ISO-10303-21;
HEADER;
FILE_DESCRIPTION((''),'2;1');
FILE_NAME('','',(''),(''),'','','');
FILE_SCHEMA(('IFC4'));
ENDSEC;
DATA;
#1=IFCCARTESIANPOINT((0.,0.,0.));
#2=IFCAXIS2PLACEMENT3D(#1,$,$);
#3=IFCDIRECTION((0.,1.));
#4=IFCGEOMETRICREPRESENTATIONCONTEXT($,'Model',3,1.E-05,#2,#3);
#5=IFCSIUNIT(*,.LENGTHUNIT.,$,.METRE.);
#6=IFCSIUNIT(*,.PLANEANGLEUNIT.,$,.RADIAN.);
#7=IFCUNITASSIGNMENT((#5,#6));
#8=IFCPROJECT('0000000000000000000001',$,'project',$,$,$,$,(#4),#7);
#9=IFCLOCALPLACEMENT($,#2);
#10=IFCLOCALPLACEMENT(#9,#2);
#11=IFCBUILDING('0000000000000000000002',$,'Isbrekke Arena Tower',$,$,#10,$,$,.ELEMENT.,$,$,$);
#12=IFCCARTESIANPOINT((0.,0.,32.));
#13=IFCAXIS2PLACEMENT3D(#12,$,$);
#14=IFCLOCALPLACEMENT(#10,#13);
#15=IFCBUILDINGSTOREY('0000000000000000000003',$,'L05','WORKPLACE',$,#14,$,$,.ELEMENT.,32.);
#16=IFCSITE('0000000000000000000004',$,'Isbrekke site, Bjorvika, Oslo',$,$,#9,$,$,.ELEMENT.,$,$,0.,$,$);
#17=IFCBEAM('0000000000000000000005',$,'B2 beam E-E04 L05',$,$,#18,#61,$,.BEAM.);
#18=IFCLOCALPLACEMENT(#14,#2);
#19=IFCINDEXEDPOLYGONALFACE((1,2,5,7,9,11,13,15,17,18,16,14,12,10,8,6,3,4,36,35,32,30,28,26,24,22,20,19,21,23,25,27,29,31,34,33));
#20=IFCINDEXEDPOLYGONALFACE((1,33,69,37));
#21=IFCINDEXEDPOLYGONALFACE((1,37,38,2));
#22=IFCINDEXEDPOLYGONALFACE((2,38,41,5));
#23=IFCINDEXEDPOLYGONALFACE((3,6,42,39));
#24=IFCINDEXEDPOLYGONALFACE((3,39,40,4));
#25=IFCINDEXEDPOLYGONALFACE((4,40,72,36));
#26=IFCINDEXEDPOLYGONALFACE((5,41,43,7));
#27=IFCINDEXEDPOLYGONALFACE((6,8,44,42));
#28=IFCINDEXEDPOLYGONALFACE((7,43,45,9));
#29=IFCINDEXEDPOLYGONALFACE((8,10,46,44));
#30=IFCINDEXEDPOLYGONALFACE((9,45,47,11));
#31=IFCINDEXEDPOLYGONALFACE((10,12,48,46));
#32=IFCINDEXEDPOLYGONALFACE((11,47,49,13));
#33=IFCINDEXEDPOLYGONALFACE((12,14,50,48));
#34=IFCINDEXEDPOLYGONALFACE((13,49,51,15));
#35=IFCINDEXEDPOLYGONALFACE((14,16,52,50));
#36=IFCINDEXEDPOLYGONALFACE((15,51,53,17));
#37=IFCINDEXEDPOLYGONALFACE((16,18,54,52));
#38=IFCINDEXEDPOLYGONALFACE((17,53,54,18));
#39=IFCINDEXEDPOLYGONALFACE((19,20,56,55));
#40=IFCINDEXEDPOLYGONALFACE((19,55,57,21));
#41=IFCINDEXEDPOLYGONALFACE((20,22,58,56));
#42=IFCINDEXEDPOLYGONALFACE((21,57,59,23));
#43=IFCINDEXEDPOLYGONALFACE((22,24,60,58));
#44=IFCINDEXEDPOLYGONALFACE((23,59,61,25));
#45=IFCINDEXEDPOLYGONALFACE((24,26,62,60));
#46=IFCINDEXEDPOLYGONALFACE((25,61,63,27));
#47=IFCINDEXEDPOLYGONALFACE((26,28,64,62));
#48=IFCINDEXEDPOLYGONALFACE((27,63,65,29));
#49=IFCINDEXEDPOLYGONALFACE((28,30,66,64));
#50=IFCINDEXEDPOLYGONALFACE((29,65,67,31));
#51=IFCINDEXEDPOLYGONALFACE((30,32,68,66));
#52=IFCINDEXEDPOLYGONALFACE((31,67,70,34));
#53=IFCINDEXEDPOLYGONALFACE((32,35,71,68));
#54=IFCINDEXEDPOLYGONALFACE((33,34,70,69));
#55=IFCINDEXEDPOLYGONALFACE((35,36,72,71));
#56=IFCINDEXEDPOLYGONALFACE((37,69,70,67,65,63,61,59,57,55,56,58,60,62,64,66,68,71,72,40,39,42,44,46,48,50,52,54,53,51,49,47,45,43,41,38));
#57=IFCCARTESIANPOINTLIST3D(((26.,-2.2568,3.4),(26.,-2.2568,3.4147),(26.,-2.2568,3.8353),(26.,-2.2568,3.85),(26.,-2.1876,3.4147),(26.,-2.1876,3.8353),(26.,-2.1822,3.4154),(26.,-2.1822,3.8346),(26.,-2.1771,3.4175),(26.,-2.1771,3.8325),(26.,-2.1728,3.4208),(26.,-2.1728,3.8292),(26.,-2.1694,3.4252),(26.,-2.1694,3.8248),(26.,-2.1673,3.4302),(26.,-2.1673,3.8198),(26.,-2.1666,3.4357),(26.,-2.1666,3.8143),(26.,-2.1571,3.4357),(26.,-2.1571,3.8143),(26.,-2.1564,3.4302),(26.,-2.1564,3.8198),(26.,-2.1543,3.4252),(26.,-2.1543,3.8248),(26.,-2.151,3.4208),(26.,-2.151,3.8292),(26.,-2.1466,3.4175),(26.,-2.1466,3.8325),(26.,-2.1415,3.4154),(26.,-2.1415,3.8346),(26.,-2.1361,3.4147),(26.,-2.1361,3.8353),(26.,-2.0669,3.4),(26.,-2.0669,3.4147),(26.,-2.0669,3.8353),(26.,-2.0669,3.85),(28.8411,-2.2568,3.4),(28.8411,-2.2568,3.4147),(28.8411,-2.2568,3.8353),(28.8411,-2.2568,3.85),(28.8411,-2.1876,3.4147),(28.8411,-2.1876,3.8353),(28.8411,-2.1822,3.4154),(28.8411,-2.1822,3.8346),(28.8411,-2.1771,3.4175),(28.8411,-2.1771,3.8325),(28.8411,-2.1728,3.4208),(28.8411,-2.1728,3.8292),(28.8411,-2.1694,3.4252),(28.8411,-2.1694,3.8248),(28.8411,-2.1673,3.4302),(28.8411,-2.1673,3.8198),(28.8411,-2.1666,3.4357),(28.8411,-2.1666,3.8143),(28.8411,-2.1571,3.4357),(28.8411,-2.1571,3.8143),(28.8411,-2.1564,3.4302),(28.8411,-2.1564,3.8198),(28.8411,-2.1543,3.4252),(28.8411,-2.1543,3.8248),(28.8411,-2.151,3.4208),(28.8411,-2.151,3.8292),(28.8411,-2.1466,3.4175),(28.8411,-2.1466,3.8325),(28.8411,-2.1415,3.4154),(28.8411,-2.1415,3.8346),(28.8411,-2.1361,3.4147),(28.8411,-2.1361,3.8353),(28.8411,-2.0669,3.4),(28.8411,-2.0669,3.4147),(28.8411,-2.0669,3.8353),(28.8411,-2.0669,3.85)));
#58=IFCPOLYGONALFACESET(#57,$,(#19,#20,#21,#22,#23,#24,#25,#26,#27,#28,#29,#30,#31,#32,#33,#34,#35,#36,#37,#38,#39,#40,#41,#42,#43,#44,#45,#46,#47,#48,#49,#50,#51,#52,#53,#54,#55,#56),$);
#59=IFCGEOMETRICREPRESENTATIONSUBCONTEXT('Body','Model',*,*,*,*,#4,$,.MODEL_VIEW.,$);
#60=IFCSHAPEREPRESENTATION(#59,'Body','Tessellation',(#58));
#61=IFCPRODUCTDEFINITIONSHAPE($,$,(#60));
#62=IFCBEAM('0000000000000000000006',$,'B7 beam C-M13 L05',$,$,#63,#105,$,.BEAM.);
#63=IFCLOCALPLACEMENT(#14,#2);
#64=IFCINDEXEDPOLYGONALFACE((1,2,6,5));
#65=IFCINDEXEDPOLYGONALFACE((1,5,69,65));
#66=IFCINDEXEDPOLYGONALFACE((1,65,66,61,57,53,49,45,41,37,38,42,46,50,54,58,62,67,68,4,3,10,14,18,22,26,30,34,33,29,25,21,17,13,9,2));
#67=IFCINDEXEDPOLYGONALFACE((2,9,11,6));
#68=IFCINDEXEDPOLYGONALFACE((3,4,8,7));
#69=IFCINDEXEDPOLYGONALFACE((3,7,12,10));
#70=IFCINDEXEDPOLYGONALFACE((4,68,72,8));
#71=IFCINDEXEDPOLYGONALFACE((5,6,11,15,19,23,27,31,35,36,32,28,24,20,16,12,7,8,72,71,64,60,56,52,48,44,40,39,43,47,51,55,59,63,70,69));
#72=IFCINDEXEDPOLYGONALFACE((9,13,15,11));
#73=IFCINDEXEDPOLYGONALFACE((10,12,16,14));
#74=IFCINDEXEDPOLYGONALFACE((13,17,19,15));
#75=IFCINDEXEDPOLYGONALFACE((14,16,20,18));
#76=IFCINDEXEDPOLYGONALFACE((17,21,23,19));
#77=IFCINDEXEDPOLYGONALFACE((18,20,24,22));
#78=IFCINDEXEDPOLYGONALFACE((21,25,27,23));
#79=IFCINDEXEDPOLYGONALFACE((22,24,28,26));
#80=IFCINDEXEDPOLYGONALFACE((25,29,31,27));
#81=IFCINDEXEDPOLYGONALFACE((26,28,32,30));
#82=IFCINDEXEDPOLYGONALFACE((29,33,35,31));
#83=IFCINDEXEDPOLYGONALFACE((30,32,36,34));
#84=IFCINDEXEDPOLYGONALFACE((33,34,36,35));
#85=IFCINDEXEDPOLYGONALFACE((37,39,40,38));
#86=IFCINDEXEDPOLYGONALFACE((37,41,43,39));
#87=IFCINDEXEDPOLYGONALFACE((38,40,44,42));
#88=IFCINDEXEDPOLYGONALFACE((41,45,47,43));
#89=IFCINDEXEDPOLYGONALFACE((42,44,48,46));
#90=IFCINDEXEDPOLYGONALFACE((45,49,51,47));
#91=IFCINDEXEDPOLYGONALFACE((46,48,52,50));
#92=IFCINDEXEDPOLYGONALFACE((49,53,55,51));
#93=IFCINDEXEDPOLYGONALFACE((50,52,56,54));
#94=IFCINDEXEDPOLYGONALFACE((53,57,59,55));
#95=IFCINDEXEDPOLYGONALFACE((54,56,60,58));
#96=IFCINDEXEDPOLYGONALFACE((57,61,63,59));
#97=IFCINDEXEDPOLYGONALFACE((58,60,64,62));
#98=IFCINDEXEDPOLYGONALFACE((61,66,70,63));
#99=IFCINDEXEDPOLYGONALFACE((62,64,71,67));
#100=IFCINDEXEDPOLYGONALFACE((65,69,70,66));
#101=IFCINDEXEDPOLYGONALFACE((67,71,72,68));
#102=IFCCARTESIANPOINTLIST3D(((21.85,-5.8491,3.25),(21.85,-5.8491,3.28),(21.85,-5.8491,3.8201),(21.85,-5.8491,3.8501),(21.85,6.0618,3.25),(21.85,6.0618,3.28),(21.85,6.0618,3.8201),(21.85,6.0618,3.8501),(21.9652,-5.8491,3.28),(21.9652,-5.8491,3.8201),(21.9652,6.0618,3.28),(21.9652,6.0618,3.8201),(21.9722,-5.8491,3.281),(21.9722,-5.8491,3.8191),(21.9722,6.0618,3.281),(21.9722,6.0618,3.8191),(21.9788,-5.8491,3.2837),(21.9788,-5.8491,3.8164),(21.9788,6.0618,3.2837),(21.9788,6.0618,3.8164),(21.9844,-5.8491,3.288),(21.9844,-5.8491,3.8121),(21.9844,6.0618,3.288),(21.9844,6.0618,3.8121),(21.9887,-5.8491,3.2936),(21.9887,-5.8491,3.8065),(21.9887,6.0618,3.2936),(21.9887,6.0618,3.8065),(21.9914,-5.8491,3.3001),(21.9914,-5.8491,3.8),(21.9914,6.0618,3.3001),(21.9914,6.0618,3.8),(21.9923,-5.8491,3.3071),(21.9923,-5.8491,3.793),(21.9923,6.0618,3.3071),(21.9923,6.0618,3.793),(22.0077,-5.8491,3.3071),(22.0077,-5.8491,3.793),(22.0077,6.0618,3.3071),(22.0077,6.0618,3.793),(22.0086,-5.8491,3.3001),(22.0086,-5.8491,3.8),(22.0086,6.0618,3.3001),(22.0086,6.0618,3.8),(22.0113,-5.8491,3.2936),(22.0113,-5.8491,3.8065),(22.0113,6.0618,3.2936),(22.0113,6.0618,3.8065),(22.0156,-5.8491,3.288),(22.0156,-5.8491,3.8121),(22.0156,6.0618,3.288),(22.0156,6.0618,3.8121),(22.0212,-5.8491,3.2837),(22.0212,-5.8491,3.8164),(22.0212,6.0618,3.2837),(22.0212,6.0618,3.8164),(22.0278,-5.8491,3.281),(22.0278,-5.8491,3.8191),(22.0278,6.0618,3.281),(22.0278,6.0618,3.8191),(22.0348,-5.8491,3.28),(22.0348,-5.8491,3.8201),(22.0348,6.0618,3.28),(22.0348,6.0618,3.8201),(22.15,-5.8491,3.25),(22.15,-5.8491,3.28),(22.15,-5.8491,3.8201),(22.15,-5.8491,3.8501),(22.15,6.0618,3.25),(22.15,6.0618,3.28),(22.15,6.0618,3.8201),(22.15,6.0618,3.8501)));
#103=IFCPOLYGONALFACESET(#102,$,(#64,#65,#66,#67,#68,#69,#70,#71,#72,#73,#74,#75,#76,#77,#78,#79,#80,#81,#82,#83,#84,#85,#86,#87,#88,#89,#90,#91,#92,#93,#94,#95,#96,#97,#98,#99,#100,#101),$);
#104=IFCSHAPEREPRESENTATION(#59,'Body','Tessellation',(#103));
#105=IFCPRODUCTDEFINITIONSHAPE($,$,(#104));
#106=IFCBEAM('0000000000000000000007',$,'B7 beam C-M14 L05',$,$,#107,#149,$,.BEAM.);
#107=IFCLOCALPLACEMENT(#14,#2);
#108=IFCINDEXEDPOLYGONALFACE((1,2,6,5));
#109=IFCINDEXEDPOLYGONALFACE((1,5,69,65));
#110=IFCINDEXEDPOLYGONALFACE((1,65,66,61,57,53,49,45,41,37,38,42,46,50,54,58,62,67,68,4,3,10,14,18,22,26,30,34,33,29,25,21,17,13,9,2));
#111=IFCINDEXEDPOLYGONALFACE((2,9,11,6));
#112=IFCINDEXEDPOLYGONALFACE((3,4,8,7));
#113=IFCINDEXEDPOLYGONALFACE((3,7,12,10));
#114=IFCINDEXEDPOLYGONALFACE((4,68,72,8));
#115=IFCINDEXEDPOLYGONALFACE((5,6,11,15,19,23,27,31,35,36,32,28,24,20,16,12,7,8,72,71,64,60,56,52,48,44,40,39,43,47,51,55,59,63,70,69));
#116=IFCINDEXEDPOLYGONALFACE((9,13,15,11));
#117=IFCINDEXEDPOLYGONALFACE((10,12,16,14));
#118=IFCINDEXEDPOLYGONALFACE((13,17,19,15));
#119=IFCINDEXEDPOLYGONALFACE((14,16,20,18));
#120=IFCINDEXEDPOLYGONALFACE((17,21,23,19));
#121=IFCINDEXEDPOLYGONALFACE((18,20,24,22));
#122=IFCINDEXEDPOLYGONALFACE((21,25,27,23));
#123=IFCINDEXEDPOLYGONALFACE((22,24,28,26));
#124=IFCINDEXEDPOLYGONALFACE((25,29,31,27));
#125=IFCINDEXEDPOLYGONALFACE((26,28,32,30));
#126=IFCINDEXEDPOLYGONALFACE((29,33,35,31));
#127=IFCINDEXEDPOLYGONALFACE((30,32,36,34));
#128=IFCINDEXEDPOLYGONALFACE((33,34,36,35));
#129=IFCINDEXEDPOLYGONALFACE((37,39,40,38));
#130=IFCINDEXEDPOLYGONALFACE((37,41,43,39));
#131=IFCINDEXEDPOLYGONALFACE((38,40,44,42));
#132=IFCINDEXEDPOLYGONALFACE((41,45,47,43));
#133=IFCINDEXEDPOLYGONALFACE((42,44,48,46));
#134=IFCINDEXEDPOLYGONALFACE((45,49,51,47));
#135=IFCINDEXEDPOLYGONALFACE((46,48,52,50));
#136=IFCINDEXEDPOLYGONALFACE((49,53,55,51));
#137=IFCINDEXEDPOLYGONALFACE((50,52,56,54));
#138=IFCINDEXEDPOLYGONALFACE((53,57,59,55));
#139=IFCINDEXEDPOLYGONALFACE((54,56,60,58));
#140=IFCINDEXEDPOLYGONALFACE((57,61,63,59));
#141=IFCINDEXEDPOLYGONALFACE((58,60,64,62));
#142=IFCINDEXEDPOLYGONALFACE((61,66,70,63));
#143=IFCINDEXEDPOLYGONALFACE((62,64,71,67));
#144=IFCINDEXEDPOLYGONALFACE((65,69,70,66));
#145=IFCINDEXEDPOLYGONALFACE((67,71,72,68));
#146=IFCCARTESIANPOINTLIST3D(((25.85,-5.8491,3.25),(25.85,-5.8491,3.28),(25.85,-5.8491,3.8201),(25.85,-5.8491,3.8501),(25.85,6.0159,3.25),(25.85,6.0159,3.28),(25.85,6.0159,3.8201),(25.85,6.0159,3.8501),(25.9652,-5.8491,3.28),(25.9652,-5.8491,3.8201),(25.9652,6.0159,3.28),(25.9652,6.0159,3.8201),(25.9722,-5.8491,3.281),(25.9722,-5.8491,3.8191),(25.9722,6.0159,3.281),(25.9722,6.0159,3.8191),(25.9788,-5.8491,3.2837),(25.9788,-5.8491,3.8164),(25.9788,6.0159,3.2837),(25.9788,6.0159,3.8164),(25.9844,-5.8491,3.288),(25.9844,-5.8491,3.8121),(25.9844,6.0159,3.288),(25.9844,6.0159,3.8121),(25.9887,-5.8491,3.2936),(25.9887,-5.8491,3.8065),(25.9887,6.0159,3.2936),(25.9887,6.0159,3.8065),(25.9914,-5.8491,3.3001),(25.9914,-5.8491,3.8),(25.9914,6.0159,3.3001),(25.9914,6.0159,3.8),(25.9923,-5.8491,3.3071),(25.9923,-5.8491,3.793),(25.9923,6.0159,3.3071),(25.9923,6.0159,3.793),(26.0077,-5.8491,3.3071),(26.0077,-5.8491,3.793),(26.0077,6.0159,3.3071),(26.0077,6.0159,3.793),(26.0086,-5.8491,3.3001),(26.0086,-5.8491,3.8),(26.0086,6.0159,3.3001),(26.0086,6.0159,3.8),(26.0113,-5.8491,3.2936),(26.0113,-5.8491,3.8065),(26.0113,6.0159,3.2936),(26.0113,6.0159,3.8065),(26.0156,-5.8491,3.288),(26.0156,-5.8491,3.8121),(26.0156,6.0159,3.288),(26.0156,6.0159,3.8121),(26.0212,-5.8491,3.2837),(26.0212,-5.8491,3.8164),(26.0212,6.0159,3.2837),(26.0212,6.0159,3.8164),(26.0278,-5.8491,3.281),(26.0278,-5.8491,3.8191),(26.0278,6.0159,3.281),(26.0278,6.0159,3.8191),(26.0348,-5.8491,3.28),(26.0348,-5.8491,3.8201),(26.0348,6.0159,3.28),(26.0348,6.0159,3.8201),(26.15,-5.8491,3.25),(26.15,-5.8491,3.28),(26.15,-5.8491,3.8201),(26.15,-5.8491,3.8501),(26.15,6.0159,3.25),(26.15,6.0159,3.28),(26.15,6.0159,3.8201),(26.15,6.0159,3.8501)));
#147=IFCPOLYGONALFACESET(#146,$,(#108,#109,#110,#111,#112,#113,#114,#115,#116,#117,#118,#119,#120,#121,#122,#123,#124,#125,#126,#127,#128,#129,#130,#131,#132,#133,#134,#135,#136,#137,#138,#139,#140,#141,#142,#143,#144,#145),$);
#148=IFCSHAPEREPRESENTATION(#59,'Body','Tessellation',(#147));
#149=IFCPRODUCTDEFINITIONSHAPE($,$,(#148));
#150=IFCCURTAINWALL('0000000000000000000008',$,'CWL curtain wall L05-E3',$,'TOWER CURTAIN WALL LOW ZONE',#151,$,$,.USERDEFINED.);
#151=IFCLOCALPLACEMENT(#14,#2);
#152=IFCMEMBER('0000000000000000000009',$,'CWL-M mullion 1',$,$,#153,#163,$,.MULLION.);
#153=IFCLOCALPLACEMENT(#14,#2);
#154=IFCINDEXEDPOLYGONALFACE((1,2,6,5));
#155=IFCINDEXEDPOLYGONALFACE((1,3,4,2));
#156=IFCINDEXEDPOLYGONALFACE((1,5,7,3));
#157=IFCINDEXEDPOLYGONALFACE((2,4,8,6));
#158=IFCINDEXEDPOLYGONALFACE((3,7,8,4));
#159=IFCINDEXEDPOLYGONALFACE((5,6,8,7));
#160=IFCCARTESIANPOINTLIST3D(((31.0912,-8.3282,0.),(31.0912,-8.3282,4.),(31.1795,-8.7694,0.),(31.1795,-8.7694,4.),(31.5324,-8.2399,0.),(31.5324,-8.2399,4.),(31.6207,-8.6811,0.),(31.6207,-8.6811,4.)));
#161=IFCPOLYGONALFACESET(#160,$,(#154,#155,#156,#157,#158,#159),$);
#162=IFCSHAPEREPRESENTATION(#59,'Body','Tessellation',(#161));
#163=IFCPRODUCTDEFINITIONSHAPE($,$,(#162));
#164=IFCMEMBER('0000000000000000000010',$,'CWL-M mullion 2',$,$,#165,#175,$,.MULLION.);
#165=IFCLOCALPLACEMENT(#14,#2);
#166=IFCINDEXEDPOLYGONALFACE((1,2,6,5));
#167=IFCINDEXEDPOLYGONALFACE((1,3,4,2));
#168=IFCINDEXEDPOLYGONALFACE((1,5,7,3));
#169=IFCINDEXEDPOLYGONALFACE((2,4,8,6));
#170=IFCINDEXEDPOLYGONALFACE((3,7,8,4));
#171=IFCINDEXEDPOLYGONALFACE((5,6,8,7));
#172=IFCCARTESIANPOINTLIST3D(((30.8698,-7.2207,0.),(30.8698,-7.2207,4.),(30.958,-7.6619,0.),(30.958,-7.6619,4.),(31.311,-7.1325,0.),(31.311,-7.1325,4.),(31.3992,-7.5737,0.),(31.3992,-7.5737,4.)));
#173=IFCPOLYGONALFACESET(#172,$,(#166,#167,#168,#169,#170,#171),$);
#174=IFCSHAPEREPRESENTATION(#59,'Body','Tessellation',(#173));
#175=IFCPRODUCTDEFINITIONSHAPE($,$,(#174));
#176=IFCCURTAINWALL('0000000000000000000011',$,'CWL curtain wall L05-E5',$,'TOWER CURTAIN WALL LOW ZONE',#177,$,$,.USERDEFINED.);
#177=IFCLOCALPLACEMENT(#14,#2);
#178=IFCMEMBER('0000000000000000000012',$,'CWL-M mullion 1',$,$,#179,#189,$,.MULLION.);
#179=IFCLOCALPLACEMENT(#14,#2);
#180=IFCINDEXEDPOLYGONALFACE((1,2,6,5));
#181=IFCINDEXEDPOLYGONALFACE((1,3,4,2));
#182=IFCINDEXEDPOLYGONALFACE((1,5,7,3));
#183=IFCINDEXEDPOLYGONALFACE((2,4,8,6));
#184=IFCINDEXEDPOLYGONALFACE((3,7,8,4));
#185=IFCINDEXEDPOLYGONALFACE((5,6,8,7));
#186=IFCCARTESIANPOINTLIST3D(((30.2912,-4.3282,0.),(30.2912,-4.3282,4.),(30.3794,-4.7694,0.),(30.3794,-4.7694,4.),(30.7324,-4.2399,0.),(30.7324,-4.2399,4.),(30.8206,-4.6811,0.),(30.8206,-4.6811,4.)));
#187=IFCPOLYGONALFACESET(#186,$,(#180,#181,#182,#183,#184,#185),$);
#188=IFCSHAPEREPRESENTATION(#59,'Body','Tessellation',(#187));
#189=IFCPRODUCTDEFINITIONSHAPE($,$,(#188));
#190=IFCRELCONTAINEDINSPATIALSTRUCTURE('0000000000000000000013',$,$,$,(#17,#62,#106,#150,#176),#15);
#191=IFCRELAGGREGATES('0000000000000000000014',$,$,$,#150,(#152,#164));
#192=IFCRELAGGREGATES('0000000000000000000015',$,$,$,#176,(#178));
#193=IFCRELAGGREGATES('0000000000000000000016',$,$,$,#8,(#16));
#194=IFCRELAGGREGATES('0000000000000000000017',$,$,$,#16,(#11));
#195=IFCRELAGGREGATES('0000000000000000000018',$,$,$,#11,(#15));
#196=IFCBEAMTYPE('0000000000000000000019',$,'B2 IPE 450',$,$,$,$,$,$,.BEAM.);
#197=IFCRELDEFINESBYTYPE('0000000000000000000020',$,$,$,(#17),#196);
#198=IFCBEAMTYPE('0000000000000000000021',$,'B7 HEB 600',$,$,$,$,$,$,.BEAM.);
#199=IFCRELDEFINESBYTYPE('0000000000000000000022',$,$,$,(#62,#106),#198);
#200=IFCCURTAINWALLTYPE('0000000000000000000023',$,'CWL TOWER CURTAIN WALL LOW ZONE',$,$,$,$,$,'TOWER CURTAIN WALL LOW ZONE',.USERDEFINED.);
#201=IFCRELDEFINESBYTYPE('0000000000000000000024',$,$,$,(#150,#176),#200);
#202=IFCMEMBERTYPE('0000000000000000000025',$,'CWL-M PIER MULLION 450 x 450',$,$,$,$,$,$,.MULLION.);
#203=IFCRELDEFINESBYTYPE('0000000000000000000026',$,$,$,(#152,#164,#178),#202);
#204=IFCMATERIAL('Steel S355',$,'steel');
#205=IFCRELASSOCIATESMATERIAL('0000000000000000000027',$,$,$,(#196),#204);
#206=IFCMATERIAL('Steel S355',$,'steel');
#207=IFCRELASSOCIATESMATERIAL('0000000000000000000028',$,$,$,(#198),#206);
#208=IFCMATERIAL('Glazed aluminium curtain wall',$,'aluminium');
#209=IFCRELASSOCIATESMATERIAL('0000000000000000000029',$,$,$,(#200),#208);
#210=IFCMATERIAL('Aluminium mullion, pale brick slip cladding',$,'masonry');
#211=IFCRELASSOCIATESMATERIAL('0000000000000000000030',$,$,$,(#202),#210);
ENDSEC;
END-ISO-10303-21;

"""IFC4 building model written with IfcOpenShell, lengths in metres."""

from ifc_helpers import new_model, si_unit, direction, frame, origin, origin_2d, place, context, subcontext, project, spatial, rectangle, i_section, extrude, material, material_profile, profile_set, type_object, element, aggregate, save


model = new_model("IFC4")

# Units and contexts
model_context = context("Model", 3, precision=1e-05, world=origin(), true_north=direction((0.0, 1.0)))
body_context = subcontext(model_context, "Body", "Model", "MODEL_VIEW")
ifc_project = project(units=[si_unit("LENGTHUNIT", "METRE"), si_unit("PLANEANGLEUNIT", "RADIAN")], contexts=[model_context])

# Site, building, storey
site_placement = place(None, origin())
site = spatial("IfcSite", under=ifc_project, at=site_placement, Name="Isbrekke site, Bjorvika, Oslo", CompositionType="ELEMENT", RefElevation=0.0)
building_placement = place(site_placement, origin())
building = spatial("IfcBuilding", under=site, at=building_placement, Name="Isbrekke Arena Tower", CompositionType="ELEMENT")
storey_placement = place(building_placement, frame((0.0, 0.0, 32.0)))
storey = spatial("IfcBuildingStorey", under=building, at=storey_placement, Name="L05", Description="WORKPLACE", CompositionType="ELEMENT", Elevation=32.0)

# Beams
ifc_material_1 = material(Name="Steel S355", Category="steel")
ifc_material_profile_1 = material_profile(ifc_material_1, i_section(OverallWidth=0.1899, OverallDepth=0.45, WebThickness=0.0095, FlangeThickness=0.0146, FilletRadius=0.021, at=origin_2d()), Name="IPE 450")
ifc_profile_set_1 = profile_set([ifc_material_profile_1], Name="Steel S355")
beam_type_1 = type_object("IfcBeamType", Name="B2 IPE 450", PredefinedType="BEAM", material=ifc_profile_set_1)
beam_1_placement = place(storey_placement, frame((28.8411, -2.1619, 3.625), z_axis=(-1.0, 0.0, 0.0), x_axis=(0.0, -1.0, 0.0)))
element("IfcBeam", 1, at=beam_1_placement, inside=storey, type_object=beam_type_1, Name="B2 beam E-E04 L05", PredefinedType="BEAM", context=body_context, shape_type="SweptSolid", body=[
    extrude(i_section(OverallWidth=0.1899, OverallDepth=0.45, WebThickness=0.0095, FlangeThickness=0.0146, FilletRadius=0.021, at=origin_2d()), origin(), (0.0, 0.0, 1.0), 2.8411),
])
ifc_material_2 = material(Name="Steel S355", Category="steel")
ifc_material_profile_2 = material_profile(ifc_material_2, i_section(OverallWidth=0.3, OverallDepth=0.6001, WebThickness=0.0154, FlangeThickness=0.03, FilletRadius=0.0271, at=origin_2d()), Name="HEB 600")
ifc_profile_set_2 = profile_set([ifc_material_profile_2], Name="Steel S355")
beam_type_2 = type_object("IfcBeamType", Name="B7 HEB 600", PredefinedType="BEAM", material=ifc_profile_set_2)
beam_2_placement = place(storey_placement, frame((22.0, -5.8491, 3.55), z_axis=(0.0, 1.0, 0.0), x_axis=(-1.0, 0.0, 0.0)))
element("IfcBeam", 2, at=beam_2_placement, inside=storey, type_object=beam_type_2, Name="B7 beam C-M13 L05", PredefinedType="BEAM", context=body_context, shape_type="SweptSolid", body=[
    extrude(i_section(OverallWidth=0.3, OverallDepth=0.6001, WebThickness=0.0154, FlangeThickness=0.03, FilletRadius=0.0271, at=origin_2d()), origin(), (0.0, 0.0, 1.0), 11.9109),
])
beam_3_placement = place(storey_placement, frame((26.0, -5.8491, 3.55), z_axis=(0.0, 1.0, 0.0), x_axis=(-1.0, 0.0, 0.0)))
element("IfcBeam", 3, at=beam_3_placement, inside=storey, type_object=beam_type_2, Name="B7 beam C-M14 L05", PredefinedType="BEAM", context=body_context, shape_type="SweptSolid", body=[
    extrude(i_section(OverallWidth=0.3, OverallDepth=0.6001, WebThickness=0.0154, FlangeThickness=0.03, FilletRadius=0.0271, at=origin_2d()), origin(), (0.0, 0.0, 1.0), 11.865),
])

# Curtain walls, members
ifc_material_3 = material(Name="Glazed aluminium curtain wall", Category="aluminium")
curtain_wall_type = type_object("IfcCurtainWallType", Name="CWL TOWER CURTAIN WALL LOW ZONE", ElementType="TOWER CURTAIN WALL LOW ZONE", PredefinedType="USERDEFINED", material=ifc_material_3)
curtain_wall_1_placement = place(storey_placement, origin())
curtain_wall_1 = element("IfcCurtainWall", 4, at=curtain_wall_1_placement, inside=storey, type_object=curtain_wall_type, Name="CWL curtain wall L05-E3", ObjectType="TOWER CURTAIN WALL LOW ZONE", PredefinedType="USERDEFINED")
ifc_material_4 = material(Name="Aluminium mullion, pale brick slip cladding", Category="masonry")
ifc_material_profile_3 = material_profile(ifc_material_4, rectangle(XDim=0.45, YDim=0.45, at=origin_2d()), Name="PIER 450X450")
ifc_profile_set_3 = profile_set([ifc_material_profile_3], Name="Aluminium mullion, pale brick slip cladding")
member_type_1 = type_object("IfcMemberType", Name="CWL-M PIER MULLION 450 x 450", PredefinedType="MULLION", material=ifc_profile_set_3)
member_1_placement = place(storey_placement, frame((31.356, -8.5046, 0.0), z_axis=(0.0, 0.0, 1.0), x_axis=(-0.196116, 0.980581, 0.0)))
member_1 = element("IfcMember", 5, at=member_1_placement, type_object=member_type_1, Name="CWL-M mullion 1", PredefinedType="MULLION", context=body_context, shape_type="SweptSolid", body=[
    extrude(rectangle(XDim=0.45, YDim=0.45, at=origin_2d()), origin(), (0.0, 0.0, 1.0), 4.0),
])
member_2_placement = place(storey_placement, frame((31.1345, -7.3972, 0.0), z_axis=(0.0, 0.0, 1.0), x_axis=(-0.196116, 0.980581, 0.0)))
member_2 = element("IfcMember", 6, at=member_2_placement, type_object=member_type_1, Name="CWL-M mullion 2", PredefinedType="MULLION", context=body_context, shape_type="SweptSolid", body=[
    extrude(rectangle(XDim=0.45, YDim=0.45, at=origin_2d()), origin(), (0.0, 0.0, 1.0), 4.0),
])
curtain_wall_2_placement = place(storey_placement, origin())
curtain_wall_2 = element("IfcCurtainWall", 7, at=curtain_wall_2_placement, inside=storey, type_object=curtain_wall_type, Name="CWL curtain wall L05-E5", ObjectType="TOWER CURTAIN WALL LOW ZONE", PredefinedType="USERDEFINED")
member_3_placement = place(storey_placement, frame((30.5559, -4.5046, 0.0), z_axis=(0.0, 0.0, 1.0), x_axis=(-0.196116, 0.980581, 0.0)))
member_3 = element("IfcMember", 8, at=member_3_placement, type_object=member_type_1, Name="CWL-M mullion 1", PredefinedType="MULLION", context=body_context, shape_type="SweptSolid", body=[
    extrude(rectangle(XDim=0.45, YDim=0.45, at=origin_2d()), origin(), (0.0, 0.0, 1.0), 4.0),
])

aggregate(curtain_wall_1, [member_1, member_2])
aggregate(curtain_wall_2, [member_3])

save(model, "model.ifc")
